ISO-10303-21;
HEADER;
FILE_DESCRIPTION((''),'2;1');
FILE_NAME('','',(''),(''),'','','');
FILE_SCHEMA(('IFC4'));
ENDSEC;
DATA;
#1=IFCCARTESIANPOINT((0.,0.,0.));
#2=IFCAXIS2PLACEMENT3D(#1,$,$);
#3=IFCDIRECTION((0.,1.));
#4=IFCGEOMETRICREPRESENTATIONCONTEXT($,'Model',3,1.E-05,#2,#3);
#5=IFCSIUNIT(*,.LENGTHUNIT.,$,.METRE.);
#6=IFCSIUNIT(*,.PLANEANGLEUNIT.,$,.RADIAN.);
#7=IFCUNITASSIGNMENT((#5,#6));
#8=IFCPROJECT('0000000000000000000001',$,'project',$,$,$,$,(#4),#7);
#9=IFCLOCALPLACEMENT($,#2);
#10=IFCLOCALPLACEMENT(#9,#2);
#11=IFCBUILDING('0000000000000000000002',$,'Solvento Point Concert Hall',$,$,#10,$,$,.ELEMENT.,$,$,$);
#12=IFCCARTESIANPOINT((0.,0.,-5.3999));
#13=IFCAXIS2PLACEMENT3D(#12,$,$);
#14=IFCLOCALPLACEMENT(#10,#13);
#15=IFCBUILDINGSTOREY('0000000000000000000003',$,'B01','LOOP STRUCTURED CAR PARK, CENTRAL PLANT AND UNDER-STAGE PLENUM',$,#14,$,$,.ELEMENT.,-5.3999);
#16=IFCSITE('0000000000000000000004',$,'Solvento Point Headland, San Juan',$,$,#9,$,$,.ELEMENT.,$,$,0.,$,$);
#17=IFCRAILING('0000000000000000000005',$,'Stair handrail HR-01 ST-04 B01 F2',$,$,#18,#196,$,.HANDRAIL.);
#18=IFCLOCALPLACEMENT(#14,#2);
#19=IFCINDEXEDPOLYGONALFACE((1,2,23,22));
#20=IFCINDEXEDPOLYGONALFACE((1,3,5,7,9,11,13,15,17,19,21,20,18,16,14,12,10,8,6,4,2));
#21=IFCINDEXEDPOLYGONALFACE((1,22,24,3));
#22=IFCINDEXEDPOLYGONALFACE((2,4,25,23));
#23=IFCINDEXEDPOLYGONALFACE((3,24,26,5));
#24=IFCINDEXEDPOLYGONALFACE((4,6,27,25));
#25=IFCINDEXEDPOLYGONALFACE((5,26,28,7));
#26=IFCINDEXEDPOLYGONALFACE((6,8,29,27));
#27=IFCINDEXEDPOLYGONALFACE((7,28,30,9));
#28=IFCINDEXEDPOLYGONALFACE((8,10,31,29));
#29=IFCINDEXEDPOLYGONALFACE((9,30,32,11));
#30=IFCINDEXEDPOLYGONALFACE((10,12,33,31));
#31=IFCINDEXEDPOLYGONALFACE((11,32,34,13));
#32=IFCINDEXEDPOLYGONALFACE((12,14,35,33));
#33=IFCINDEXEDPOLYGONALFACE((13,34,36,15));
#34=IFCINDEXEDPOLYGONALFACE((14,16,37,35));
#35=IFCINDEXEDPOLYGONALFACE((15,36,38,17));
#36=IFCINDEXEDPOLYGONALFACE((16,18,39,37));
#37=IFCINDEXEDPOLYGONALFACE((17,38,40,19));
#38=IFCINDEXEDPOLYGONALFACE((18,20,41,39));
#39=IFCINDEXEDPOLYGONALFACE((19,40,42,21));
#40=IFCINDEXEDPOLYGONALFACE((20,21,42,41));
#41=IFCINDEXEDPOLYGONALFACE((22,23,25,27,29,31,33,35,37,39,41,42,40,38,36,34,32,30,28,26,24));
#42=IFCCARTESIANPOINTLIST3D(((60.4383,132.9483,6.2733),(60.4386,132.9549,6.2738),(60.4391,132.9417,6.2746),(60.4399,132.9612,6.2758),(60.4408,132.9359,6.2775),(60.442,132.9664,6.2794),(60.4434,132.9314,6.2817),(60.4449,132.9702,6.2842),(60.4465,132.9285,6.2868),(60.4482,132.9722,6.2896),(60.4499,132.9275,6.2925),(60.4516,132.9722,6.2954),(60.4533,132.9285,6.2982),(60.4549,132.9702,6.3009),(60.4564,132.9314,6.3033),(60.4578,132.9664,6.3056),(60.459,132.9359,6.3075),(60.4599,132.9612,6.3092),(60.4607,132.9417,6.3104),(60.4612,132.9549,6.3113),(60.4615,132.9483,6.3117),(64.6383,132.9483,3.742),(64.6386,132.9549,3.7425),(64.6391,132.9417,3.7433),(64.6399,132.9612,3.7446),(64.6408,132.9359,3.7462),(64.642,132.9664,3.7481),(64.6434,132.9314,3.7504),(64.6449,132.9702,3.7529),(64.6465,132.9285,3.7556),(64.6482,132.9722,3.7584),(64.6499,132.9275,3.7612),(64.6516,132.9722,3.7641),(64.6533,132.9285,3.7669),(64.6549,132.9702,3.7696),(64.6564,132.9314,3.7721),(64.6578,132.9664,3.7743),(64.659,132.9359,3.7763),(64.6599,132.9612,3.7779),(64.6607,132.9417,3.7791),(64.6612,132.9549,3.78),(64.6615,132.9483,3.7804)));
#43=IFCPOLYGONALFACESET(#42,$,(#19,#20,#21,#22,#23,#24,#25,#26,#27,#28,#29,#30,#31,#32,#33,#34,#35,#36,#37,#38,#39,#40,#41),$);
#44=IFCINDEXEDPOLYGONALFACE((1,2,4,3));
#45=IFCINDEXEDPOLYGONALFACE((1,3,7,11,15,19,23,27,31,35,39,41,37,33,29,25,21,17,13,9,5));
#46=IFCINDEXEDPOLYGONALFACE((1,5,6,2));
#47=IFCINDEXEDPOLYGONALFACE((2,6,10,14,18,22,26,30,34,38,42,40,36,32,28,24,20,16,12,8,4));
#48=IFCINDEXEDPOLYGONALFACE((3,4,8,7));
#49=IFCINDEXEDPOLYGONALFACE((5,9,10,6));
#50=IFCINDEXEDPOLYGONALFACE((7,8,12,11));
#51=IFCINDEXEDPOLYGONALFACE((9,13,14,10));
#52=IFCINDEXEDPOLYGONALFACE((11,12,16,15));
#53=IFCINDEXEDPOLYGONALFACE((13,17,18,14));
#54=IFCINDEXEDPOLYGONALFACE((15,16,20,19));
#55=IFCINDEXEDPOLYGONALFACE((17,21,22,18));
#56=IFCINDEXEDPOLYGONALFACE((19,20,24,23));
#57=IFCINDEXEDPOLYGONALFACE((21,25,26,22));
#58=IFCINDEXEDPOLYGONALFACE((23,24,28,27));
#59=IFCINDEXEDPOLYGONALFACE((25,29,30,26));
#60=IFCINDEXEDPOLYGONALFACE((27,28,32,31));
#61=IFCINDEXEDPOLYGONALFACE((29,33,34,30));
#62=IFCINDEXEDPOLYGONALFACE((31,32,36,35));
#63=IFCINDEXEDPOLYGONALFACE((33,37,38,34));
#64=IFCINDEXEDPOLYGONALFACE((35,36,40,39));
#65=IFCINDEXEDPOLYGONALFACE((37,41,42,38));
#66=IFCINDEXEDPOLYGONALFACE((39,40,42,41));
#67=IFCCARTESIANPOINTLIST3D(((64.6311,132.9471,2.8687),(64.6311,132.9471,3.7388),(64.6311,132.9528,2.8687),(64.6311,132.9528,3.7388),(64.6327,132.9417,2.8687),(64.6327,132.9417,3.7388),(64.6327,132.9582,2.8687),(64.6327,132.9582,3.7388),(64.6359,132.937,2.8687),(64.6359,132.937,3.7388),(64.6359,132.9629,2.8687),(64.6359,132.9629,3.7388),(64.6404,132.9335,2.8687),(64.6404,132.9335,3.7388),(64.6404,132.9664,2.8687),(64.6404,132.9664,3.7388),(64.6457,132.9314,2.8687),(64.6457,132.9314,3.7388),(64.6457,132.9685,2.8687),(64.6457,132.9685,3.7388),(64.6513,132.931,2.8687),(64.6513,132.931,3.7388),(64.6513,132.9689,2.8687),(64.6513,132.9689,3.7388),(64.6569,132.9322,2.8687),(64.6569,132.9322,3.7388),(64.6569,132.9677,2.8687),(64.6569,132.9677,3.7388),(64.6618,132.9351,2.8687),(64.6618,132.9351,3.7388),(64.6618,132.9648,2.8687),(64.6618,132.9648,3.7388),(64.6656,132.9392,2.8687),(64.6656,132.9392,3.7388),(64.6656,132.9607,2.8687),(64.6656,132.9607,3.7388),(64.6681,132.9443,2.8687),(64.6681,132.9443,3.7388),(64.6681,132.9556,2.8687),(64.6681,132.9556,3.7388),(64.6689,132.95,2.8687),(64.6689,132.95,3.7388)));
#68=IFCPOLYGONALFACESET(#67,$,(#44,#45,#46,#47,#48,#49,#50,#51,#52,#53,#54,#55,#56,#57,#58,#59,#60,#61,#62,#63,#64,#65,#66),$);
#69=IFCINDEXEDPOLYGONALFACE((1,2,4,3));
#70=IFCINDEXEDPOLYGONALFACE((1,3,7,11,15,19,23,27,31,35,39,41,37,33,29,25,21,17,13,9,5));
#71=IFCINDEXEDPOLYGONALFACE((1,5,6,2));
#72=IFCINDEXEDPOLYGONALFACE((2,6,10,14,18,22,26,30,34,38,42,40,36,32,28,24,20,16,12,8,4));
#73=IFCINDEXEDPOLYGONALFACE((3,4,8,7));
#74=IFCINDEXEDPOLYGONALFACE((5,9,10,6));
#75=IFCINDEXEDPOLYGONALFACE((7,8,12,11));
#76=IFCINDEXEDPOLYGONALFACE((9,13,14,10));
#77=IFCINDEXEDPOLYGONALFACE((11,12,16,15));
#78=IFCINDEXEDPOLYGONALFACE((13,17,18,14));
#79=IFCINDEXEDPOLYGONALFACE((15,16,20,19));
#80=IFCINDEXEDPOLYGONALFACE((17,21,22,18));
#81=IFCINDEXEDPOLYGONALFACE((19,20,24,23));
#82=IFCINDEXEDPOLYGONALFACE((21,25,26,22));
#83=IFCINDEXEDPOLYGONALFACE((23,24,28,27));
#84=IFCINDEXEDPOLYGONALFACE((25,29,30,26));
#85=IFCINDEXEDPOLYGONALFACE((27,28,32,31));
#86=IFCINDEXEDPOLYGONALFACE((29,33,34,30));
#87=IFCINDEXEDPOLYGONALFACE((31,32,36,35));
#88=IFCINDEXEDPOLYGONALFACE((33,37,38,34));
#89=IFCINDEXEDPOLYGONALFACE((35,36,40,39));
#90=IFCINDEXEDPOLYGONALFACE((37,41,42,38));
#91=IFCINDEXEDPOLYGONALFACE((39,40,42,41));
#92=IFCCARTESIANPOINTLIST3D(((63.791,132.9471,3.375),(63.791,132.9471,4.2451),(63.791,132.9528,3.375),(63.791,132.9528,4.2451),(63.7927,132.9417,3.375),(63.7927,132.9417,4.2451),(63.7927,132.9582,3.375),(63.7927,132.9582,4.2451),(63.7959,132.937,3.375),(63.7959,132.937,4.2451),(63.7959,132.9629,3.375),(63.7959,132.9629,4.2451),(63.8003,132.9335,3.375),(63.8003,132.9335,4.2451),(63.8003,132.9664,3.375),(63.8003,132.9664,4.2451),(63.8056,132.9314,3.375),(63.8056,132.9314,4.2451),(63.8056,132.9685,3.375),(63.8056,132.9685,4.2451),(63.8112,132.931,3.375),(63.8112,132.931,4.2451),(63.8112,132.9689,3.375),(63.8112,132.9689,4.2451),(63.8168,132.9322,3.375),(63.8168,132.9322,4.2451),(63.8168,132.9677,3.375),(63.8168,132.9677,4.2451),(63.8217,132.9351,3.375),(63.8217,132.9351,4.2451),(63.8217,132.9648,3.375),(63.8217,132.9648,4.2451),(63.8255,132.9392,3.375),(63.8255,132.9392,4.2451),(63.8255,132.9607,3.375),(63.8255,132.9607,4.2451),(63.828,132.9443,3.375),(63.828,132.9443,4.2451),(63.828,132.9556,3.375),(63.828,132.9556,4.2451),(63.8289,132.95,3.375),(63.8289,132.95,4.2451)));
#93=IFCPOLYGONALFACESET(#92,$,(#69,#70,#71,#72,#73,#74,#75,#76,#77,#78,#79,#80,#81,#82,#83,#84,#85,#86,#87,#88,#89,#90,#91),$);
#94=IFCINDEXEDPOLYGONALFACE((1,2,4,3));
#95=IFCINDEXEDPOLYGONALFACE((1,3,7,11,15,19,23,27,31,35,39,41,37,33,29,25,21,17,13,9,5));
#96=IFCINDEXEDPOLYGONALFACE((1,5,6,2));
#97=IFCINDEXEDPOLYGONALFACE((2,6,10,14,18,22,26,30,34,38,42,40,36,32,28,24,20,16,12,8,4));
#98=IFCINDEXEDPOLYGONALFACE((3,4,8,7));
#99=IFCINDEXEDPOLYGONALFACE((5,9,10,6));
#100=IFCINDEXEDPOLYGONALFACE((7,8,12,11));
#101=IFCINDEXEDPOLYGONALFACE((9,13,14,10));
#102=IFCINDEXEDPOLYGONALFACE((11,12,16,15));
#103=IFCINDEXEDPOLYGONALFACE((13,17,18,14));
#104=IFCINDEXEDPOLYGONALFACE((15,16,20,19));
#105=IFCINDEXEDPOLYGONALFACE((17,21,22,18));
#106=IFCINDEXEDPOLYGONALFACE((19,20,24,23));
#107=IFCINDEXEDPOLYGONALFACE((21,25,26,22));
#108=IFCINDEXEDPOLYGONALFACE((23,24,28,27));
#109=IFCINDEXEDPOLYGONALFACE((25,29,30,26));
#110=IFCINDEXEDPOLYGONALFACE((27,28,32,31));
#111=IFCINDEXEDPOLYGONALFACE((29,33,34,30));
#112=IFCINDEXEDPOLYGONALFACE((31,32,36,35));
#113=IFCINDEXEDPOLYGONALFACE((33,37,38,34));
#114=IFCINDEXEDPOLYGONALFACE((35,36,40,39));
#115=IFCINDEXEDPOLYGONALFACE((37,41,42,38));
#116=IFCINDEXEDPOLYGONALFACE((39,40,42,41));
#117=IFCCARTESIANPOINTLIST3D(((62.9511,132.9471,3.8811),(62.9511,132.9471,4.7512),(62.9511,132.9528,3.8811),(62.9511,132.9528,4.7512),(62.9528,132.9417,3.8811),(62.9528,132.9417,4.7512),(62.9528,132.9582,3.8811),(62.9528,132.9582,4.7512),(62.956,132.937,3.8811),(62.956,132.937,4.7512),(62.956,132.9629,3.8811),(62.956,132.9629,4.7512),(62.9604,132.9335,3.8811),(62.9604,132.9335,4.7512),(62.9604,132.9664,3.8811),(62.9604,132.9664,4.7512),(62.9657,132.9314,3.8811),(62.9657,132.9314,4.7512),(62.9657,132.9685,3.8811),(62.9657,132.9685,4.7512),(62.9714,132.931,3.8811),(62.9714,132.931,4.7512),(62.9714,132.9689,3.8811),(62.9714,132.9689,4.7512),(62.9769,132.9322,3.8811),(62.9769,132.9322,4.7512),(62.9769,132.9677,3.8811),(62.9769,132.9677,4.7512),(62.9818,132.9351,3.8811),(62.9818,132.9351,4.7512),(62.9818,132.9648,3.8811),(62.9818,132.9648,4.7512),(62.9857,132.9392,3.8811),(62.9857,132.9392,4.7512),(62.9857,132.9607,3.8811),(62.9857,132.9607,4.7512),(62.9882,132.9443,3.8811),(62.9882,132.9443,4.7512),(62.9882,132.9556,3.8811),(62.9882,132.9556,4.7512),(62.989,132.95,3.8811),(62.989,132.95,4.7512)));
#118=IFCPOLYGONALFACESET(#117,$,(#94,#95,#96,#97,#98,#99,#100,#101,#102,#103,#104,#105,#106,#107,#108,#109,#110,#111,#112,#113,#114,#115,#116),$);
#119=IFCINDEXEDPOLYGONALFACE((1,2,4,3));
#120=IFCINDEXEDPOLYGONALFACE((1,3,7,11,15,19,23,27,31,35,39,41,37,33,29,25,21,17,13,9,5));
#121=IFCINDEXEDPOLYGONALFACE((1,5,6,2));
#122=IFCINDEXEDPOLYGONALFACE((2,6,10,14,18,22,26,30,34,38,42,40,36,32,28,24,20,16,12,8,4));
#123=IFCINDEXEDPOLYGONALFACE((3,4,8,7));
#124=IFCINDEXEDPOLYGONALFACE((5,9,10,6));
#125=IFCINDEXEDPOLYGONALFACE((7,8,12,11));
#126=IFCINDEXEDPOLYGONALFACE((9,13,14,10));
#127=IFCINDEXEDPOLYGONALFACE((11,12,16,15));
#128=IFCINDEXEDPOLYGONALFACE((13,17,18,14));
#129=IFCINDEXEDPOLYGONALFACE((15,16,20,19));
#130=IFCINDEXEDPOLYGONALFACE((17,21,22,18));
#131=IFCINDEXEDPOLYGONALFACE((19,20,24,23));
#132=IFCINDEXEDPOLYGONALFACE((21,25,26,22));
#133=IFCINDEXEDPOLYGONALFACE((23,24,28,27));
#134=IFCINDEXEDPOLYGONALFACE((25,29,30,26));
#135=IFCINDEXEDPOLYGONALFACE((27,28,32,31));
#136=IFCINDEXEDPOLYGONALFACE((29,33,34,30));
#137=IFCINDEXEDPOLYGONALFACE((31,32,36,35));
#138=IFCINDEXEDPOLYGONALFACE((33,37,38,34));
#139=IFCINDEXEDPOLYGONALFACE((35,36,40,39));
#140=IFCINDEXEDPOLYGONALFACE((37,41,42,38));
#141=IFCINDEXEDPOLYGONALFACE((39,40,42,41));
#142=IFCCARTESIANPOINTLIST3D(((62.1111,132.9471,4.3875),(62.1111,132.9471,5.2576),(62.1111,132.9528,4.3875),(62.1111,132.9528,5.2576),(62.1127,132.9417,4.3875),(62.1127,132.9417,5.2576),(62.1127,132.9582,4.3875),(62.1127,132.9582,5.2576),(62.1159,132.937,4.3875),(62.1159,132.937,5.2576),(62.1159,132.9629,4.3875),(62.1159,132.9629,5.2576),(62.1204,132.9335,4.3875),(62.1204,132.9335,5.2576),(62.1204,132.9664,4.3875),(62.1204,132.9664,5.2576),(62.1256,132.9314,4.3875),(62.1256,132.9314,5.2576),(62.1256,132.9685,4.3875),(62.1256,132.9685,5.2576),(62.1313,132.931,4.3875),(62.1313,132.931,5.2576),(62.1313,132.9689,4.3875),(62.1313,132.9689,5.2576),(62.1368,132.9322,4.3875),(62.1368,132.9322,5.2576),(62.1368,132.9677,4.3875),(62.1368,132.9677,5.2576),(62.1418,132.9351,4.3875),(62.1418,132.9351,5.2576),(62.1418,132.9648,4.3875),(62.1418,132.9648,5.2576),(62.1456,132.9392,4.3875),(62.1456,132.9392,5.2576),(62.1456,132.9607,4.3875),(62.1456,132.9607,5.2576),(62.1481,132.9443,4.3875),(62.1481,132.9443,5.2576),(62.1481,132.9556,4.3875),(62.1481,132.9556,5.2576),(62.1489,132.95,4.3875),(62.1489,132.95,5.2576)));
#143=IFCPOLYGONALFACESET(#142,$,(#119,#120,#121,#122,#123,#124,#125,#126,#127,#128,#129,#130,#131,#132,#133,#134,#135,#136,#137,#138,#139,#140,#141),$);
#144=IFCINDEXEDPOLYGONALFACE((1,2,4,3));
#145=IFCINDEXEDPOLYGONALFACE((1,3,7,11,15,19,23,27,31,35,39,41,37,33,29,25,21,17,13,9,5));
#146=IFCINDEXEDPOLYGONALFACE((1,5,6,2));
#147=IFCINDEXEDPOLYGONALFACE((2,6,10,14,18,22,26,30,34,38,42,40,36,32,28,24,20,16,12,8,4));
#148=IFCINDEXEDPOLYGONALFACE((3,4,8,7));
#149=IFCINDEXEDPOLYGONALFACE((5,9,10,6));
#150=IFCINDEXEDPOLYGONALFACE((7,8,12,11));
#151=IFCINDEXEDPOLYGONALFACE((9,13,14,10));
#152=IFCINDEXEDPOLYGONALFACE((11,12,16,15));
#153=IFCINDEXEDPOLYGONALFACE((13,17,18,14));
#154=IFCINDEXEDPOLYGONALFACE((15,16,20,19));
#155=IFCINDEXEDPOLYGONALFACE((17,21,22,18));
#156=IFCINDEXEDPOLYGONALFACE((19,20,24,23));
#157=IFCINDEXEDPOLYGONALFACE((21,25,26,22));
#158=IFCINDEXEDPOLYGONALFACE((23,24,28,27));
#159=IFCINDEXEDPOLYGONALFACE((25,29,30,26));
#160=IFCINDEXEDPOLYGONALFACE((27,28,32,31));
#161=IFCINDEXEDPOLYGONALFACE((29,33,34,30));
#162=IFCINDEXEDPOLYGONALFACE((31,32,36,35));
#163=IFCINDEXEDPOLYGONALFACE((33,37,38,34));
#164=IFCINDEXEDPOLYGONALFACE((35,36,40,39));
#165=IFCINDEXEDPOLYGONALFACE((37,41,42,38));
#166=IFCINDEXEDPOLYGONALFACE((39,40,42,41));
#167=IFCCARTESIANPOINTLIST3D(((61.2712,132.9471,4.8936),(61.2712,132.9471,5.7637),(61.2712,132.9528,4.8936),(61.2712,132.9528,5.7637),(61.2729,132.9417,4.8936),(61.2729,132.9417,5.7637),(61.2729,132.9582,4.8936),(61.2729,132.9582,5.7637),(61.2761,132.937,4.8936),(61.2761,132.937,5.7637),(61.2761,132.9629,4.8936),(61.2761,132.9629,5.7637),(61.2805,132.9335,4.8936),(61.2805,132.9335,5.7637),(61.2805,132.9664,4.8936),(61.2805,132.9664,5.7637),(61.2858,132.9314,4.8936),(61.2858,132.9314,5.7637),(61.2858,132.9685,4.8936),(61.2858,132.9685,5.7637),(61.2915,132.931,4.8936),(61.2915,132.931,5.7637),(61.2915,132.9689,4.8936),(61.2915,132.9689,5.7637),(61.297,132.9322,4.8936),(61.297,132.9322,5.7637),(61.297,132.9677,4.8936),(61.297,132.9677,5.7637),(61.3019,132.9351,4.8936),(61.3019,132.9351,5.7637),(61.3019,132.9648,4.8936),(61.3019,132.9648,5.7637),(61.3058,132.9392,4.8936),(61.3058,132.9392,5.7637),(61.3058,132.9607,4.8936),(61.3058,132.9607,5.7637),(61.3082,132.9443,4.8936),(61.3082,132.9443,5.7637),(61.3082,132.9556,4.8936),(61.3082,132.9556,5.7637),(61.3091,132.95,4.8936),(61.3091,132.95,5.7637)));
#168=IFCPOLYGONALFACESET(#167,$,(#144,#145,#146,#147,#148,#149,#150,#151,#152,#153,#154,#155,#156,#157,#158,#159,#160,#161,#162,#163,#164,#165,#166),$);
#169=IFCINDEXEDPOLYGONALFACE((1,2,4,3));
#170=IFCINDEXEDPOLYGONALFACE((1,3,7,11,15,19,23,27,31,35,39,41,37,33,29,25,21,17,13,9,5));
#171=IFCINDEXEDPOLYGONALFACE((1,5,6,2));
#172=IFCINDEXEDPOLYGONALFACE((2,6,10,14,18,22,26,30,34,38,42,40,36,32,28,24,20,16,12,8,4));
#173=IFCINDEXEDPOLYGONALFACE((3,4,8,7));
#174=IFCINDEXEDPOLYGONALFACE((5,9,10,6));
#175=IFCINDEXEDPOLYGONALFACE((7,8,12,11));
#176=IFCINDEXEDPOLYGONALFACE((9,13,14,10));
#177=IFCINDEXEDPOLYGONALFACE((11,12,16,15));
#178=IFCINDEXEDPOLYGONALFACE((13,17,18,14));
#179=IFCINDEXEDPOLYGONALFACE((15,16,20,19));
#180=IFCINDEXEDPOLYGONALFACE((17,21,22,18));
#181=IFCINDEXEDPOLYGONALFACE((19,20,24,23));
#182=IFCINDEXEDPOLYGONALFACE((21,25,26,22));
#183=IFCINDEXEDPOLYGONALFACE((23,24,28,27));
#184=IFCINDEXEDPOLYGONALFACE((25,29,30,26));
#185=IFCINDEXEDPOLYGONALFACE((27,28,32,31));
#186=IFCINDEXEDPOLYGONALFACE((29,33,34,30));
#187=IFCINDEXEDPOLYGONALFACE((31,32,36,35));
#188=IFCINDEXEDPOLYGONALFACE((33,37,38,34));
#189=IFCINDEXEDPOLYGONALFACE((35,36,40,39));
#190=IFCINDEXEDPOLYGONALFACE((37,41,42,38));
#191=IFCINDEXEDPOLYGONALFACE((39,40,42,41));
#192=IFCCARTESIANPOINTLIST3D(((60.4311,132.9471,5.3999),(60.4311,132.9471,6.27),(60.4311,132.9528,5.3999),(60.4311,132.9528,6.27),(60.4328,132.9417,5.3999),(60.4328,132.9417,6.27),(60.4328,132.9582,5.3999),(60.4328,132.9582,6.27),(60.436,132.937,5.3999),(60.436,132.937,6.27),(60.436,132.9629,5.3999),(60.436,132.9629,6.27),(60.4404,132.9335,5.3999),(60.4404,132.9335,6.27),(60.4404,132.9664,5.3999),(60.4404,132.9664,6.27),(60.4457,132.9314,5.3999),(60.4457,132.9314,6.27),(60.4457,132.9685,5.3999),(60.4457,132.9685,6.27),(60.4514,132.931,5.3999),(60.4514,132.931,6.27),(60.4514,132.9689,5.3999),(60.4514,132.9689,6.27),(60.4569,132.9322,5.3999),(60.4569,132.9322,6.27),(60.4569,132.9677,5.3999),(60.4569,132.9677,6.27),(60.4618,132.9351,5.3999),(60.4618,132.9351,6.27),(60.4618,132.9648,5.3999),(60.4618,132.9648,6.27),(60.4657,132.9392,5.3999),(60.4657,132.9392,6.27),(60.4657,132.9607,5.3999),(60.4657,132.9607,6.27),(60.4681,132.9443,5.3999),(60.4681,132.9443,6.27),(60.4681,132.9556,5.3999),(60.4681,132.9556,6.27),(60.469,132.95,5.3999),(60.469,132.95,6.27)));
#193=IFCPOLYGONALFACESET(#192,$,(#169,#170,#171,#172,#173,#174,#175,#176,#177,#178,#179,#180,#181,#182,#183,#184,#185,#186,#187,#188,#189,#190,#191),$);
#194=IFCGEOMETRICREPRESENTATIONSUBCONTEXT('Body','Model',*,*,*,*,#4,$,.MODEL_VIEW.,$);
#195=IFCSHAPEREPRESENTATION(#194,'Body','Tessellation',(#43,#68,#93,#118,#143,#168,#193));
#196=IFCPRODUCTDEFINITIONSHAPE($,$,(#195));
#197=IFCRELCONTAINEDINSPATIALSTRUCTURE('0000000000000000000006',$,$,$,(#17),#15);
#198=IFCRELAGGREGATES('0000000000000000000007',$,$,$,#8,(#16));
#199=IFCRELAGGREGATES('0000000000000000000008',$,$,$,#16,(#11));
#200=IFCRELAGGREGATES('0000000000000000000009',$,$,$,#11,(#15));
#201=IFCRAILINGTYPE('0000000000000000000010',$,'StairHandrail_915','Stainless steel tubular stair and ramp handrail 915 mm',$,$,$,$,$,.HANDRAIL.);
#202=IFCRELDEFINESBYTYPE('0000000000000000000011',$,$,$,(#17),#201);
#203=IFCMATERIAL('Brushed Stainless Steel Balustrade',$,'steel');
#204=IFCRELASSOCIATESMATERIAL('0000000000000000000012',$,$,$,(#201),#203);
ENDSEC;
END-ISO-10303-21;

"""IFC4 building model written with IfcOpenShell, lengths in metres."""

from ifc_helpers import new_model, si_unit, direction, frame, origin, origin_2d, place, context, subcontext, project, spatial, circle, extrude, material, type_object, element, save


model = new_model("IFC4")

# Units and contexts
model_context = context("Model", 3, precision=1e-05, world=origin(), true_north=direction((0.0, 1.0)))
body_context = subcontext(model_context, "Body", "Model", "MODEL_VIEW")
ifc_project = project(units=[si_unit("LENGTHUNIT", "METRE"), si_unit("PLANEANGLEUNIT", "RADIAN")], contexts=[model_context])

# Site, building, storey
site_placement = place(None, origin())
site = spatial("IfcSite", under=ifc_project, at=site_placement, Name="Solvento Point Headland, San Juan", CompositionType="ELEMENT", RefElevation=0.0)
building_placement = place(site_placement, origin())
building = spatial("IfcBuilding", under=site, at=building_placement, Name="Solvento Point Concert Hall", CompositionType="ELEMENT")
storey_placement = place(building_placement, frame((0.0, 0.0, -5.3999)))
storey = spatial("IfcBuildingStorey", under=building, at=storey_placement, Name="B01", Description="LOOP STRUCTURED CAR PARK, CENTRAL PLANT AND UNDER-STAGE PLENUM", CompositionType="ELEMENT", Elevation=-5.3999)

# Railing
ifc_material_1 = material(Name="Brushed Stainless Steel Balustrade", Category="steel")
railing_type_1 = type_object("IfcRailingType", Name="StairHandrail_915", Description="Stainless steel tubular stair and ramp handrail 915 mm", PredefinedType="HANDRAIL", material=ifc_material_1)
railing_1_placement = place(storey_placement, frame((64.6499, 132.95, 2.8687)))
element("IfcRailing", 1, at=railing_1_placement, inside=storey, type_object=railing_type_1, Name="Stair handrail HR-01 ST-04 B01 F2", PredefinedType="HANDRAIL", context=body_context, shape_type="SweptSolid", body=[
    extrude(circle(Radius=0.0225, at=origin_2d()), frame((0.0, 0.0, 0.8926), z_axis=(-0.856476, 0.0, 0.516186), x_axis=(0.0, -1.0, 0.0)), (0.0, 0.0, 1.0), 4.9038),
    extrude(circle(Radius=0.019, at=origin_2d()), origin(), (0.0, 0.0, 1.0), 0.8701),
    extrude(circle(Radius=0.019, at=origin_2d()), frame((-0.8401, 0.0, 0.5063)), (0.0, 0.0, 1.0), 0.8701),
    extrude(circle(Radius=0.019, at=origin_2d()), frame((-1.6799, 0.0, 1.0125)), (0.0, 0.0, 1.0), 0.8701),
    extrude(circle(Radius=0.019, at=origin_2d()), frame((-2.52, 0.0, 1.5188)), (0.0, 0.0, 1.0), 0.8701),
    extrude(circle(Radius=0.019, at=origin_2d()), frame((-3.3599, 0.0, 2.0249)), (0.0, 0.0, 1.0), 0.8701),
    extrude(circle(Radius=0.019, at=origin_2d()), frame((-4.2, 0.0, 2.5312)), (0.0, 0.0, 1.0), 0.8701),
])

save(model, "model.ifc")
